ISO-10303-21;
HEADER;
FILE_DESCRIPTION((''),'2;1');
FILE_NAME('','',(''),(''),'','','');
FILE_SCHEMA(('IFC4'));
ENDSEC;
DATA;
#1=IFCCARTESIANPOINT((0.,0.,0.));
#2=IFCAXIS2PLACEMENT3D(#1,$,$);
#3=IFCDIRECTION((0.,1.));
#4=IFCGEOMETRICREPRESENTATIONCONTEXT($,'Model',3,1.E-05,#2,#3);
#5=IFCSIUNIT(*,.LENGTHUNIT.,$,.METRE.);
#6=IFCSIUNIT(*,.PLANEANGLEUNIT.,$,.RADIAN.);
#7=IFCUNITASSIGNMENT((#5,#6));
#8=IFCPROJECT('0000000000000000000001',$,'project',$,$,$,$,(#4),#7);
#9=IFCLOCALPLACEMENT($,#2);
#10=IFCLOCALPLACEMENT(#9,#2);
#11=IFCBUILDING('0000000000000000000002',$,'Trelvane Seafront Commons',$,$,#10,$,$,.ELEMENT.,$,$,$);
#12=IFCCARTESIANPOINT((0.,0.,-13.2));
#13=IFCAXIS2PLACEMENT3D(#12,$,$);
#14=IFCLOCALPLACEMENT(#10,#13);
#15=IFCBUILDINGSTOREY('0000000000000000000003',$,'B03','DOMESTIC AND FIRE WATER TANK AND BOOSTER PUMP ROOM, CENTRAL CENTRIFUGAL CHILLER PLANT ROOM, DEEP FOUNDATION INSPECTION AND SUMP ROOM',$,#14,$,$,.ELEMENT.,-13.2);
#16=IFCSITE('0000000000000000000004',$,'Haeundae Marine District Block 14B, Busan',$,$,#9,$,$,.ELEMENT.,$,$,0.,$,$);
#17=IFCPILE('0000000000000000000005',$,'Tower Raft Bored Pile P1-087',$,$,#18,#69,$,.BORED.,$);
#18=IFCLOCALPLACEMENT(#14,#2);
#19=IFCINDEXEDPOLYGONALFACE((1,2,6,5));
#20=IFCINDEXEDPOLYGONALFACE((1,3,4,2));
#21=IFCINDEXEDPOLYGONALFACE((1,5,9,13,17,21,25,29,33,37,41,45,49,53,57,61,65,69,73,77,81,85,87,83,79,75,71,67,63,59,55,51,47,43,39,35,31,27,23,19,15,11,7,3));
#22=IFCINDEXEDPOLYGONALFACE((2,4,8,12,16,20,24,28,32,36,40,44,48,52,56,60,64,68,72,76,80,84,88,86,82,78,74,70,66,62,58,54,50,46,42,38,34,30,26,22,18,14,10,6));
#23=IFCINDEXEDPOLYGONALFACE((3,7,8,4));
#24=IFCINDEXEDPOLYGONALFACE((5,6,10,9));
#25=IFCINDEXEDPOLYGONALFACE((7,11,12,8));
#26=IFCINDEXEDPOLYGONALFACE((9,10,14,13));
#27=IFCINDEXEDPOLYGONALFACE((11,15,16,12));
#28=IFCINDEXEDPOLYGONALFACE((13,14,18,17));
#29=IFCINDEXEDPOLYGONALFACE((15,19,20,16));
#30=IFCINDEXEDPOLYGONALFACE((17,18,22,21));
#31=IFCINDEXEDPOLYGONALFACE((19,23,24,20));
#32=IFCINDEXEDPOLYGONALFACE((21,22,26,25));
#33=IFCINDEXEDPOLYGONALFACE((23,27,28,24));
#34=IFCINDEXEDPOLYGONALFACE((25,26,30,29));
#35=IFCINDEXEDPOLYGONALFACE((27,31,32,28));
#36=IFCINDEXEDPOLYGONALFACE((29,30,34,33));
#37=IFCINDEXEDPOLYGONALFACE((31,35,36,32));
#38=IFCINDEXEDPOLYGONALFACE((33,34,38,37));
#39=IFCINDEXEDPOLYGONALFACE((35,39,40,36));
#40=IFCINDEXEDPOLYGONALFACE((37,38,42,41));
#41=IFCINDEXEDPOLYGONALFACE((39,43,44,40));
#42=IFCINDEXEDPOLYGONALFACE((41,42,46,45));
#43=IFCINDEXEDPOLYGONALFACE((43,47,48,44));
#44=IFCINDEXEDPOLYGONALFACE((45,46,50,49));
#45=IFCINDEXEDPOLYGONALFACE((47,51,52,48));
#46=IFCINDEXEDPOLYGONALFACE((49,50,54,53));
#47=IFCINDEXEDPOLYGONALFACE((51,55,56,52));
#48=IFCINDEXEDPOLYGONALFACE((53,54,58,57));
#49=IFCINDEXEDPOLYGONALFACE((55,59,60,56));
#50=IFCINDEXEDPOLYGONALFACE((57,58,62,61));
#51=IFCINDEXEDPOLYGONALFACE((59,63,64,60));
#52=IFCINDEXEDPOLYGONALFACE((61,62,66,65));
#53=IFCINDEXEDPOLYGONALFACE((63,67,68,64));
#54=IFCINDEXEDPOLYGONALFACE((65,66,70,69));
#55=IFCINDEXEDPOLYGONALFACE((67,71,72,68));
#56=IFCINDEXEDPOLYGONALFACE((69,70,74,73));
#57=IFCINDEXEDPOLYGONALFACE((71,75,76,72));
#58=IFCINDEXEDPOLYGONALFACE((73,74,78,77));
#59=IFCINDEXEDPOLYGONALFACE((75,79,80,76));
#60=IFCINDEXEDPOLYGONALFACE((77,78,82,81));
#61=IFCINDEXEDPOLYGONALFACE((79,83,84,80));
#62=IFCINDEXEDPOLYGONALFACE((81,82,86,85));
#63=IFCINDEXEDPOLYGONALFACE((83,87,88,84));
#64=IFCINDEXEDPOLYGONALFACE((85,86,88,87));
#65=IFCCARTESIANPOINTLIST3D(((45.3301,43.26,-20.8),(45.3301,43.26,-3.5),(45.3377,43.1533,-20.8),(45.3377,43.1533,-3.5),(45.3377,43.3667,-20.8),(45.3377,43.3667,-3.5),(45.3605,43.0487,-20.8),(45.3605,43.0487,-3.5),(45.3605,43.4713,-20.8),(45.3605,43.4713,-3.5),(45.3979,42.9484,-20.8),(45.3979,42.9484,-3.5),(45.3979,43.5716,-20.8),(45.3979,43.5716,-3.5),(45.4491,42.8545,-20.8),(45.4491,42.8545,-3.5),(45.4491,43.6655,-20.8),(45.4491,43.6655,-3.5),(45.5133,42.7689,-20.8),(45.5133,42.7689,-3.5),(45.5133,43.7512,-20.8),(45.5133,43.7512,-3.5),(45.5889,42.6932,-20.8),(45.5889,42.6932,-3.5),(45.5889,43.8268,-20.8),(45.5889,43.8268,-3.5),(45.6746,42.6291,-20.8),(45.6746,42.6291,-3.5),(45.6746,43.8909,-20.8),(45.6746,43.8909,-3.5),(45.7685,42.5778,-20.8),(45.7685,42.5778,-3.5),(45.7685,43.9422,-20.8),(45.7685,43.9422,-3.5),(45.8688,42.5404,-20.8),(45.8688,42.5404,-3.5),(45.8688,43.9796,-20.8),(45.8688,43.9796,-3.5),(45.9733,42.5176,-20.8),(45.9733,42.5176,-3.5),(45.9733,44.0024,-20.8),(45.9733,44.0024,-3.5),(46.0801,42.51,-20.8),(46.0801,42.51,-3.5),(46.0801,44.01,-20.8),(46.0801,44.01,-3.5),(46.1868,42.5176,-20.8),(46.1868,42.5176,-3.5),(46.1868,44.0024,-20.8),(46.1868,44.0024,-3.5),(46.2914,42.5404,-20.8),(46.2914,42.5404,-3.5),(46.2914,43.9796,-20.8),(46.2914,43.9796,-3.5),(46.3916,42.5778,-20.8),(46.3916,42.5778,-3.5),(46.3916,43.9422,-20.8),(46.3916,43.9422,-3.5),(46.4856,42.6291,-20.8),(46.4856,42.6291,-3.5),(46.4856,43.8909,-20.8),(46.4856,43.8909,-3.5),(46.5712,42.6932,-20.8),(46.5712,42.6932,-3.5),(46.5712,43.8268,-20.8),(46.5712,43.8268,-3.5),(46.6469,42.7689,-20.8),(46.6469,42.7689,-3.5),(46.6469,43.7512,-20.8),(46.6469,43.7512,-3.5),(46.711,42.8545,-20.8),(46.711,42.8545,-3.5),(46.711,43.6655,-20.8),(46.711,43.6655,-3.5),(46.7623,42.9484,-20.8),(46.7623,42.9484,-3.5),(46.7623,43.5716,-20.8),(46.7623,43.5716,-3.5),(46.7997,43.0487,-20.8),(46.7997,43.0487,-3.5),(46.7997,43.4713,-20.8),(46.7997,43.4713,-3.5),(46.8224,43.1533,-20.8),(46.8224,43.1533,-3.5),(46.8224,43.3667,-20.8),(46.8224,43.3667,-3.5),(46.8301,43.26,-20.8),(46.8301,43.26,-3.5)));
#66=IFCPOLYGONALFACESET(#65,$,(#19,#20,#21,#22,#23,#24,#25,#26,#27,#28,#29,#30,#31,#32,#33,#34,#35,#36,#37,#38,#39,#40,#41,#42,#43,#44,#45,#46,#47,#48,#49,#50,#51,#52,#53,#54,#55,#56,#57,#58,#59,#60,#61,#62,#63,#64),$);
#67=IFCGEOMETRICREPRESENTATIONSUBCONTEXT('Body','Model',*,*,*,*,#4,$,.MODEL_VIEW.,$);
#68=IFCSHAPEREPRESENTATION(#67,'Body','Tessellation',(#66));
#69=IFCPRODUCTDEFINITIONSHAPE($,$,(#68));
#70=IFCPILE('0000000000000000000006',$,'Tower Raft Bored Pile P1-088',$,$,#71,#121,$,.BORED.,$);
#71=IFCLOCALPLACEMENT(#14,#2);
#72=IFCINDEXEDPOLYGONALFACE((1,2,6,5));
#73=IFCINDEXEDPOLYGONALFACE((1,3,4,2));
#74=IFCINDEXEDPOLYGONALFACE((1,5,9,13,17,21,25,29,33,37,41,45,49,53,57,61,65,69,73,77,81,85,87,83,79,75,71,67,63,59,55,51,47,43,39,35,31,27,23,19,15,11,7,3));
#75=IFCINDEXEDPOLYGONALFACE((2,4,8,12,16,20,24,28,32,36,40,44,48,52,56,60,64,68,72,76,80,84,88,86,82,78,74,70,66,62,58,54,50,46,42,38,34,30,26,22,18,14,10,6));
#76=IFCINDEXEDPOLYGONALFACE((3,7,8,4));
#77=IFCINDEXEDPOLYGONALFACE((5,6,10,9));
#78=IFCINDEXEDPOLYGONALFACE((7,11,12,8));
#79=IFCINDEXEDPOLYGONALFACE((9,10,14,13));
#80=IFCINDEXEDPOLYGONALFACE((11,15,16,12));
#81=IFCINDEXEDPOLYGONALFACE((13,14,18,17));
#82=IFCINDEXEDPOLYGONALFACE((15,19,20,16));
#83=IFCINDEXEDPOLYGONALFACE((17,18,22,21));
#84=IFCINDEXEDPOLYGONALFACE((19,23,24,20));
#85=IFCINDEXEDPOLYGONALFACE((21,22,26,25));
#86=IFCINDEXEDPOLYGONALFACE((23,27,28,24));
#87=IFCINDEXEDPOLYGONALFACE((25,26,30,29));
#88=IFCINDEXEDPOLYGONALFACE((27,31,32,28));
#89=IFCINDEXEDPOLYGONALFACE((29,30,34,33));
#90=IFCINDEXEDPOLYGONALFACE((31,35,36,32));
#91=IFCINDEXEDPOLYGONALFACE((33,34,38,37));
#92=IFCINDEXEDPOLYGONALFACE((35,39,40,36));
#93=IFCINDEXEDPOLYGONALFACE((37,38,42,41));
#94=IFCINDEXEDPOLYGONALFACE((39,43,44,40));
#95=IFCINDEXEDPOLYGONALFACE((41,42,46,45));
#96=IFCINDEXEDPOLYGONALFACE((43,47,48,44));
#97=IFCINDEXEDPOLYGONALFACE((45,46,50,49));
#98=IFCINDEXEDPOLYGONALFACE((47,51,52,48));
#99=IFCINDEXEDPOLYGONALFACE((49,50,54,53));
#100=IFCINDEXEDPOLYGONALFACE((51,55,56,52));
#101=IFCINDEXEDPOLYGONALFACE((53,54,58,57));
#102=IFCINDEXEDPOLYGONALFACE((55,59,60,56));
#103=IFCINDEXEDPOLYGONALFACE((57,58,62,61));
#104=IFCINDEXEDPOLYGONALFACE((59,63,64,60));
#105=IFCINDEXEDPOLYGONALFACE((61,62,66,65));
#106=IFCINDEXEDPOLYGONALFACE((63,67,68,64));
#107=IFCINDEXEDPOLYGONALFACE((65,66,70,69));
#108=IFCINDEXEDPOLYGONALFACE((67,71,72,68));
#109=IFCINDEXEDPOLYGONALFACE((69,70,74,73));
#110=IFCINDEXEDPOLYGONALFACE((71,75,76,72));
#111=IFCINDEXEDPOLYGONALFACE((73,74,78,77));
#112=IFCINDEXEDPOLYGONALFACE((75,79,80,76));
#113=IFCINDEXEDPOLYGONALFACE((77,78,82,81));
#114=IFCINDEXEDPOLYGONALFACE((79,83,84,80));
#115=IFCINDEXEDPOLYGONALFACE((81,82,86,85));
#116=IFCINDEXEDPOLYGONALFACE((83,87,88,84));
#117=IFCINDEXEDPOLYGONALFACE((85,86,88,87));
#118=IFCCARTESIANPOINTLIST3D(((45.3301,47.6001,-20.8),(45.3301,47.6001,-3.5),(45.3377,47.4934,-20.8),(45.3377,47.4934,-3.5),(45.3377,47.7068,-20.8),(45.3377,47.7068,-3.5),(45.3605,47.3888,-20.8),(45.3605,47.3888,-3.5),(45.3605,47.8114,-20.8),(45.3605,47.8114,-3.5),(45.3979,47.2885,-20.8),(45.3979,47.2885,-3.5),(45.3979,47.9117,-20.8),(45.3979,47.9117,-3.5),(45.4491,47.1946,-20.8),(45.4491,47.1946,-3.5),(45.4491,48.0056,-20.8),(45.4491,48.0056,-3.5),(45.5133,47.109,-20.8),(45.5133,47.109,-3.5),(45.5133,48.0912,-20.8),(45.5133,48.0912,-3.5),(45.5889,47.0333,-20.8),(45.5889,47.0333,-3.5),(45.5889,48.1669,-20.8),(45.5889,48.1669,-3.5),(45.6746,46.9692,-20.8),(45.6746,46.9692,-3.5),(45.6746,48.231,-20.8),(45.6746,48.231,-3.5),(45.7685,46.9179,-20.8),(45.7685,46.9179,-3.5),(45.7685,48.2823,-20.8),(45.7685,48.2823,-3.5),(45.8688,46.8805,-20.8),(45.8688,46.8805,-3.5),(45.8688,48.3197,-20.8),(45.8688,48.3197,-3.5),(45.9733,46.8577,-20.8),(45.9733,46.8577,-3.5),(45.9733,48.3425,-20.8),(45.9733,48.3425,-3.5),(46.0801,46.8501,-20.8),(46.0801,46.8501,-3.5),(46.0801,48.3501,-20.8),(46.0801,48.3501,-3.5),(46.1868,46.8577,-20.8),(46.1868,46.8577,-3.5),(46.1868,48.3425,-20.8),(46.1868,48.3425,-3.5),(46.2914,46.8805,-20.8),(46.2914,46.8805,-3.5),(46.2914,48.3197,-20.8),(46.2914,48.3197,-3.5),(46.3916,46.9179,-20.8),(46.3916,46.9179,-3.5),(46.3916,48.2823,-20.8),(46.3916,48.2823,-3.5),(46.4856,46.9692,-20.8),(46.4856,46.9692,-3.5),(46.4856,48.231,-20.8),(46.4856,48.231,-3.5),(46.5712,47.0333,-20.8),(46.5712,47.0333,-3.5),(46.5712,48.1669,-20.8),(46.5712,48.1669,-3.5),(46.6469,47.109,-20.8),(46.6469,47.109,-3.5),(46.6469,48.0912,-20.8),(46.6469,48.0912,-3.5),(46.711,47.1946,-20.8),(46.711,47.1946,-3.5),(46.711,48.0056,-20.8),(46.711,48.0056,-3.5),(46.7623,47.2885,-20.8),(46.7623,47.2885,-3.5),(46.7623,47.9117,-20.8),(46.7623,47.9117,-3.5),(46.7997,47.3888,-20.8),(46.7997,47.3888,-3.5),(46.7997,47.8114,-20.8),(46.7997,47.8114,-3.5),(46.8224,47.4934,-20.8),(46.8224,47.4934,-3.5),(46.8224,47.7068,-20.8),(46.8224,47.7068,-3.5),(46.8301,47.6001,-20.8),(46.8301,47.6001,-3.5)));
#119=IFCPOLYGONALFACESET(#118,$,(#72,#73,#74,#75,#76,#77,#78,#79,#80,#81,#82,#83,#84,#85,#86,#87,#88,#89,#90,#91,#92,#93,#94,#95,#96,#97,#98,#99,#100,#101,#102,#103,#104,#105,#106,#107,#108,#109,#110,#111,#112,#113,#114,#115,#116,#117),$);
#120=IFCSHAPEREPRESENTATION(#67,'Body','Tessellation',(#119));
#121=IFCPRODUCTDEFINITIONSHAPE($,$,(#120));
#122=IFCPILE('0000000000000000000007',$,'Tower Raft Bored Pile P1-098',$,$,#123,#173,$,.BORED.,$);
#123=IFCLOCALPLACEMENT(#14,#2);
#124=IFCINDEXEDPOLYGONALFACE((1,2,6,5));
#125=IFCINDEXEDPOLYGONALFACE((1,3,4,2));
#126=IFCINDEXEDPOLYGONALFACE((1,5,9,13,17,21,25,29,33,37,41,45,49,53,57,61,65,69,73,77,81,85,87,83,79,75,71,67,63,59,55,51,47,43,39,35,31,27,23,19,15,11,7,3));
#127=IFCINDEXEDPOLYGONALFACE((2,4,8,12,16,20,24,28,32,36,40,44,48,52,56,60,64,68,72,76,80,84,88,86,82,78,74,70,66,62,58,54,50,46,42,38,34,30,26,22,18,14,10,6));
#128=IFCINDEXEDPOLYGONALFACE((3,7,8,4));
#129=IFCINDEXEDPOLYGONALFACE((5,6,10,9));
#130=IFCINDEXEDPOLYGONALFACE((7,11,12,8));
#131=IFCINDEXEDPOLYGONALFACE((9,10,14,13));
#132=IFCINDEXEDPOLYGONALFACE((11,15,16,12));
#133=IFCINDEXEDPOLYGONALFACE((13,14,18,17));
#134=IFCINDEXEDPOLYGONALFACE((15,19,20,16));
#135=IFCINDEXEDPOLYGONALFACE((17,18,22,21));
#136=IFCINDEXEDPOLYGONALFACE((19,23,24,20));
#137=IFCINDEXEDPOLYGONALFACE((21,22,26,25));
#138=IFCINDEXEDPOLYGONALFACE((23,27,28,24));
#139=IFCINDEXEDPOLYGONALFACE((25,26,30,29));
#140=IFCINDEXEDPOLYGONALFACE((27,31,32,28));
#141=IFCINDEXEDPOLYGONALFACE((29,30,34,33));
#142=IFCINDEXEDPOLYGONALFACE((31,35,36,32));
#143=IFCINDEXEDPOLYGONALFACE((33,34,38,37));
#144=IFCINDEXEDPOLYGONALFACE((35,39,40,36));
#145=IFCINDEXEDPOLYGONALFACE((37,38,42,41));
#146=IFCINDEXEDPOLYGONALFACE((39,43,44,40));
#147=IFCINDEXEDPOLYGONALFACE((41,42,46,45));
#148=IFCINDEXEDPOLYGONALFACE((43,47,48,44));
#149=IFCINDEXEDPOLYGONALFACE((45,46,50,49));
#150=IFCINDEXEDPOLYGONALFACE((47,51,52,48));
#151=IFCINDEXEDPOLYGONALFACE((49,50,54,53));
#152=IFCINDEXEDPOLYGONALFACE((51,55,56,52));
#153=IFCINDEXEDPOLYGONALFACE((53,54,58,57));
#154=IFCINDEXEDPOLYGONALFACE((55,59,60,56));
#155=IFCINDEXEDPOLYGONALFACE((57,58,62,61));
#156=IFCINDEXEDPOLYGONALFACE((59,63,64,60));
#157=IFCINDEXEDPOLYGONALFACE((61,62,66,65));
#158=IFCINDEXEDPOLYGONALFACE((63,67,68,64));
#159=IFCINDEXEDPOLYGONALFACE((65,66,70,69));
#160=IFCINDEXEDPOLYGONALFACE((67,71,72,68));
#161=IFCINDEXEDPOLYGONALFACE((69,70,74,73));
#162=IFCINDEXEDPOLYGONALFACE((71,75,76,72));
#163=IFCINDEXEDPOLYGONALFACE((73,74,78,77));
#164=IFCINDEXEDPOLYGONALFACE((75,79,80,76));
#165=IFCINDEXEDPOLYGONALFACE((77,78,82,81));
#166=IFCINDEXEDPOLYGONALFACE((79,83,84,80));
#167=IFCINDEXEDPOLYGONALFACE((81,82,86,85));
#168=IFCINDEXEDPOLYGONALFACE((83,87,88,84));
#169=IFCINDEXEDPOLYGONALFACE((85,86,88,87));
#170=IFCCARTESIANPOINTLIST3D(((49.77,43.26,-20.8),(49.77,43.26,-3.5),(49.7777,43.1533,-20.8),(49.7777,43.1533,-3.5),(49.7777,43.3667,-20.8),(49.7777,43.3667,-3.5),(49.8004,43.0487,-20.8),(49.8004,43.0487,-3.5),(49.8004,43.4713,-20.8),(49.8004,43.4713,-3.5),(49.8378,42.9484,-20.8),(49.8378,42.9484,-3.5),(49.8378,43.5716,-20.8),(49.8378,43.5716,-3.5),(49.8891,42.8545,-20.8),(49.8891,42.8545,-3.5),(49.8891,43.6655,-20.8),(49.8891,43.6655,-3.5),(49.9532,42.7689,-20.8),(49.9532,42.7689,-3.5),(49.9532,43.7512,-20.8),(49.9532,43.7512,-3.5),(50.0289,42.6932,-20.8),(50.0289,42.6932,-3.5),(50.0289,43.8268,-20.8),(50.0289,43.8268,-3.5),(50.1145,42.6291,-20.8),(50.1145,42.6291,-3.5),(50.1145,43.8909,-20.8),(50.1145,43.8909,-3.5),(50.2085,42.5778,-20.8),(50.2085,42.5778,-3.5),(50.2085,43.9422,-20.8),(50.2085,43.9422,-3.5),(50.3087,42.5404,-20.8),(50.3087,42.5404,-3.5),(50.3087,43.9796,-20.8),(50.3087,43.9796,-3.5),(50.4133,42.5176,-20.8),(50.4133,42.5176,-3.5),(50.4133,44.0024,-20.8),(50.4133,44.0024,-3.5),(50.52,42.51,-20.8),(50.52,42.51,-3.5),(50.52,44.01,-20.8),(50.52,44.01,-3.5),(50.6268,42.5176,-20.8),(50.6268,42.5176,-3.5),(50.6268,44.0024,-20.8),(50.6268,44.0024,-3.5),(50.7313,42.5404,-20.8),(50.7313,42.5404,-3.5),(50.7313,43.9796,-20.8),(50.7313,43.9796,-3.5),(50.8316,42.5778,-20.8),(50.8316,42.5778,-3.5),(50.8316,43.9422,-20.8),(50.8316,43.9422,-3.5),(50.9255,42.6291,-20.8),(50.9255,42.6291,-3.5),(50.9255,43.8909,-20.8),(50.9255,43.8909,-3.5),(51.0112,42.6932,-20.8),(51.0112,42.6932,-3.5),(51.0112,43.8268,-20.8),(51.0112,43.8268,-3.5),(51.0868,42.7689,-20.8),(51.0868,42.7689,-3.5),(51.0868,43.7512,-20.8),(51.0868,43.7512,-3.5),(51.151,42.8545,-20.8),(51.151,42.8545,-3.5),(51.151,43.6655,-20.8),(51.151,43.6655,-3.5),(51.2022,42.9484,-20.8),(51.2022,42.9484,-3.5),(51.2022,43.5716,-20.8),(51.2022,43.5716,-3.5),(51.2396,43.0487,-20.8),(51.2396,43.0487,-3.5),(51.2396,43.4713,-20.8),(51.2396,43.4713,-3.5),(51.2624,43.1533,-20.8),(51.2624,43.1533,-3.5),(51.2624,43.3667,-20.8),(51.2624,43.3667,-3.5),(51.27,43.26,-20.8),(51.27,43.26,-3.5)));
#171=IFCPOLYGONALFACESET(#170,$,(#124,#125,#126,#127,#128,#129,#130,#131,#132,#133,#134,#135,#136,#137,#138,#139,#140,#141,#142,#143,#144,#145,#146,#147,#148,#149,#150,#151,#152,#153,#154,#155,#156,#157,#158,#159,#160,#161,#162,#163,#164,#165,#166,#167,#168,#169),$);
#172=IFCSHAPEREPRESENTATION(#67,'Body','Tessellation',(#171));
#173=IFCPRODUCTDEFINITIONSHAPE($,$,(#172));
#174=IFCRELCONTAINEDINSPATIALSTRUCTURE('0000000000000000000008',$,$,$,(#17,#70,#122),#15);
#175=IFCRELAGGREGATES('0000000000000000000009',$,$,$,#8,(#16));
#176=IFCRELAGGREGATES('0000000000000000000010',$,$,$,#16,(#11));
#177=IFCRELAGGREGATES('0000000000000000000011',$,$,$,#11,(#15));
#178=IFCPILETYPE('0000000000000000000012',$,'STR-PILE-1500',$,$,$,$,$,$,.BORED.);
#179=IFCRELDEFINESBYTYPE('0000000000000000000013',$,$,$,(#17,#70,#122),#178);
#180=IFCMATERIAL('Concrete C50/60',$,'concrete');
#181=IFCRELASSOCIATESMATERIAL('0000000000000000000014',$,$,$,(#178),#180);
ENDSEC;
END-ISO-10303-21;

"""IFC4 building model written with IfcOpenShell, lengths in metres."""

from ifc_helpers import new_model, si_unit, direction, frame, origin, origin_2d, place, context, subcontext, project, spatial, circle, extrude, source, transform, mapped, material, material_profile, profile_set, type_object, element, save


model = new_model("IFC4")

# Units and contexts
model_context = context("Model", 3, precision=1e-05, world=origin(), true_north=direction((0.0, 1.0)))
body_context = subcontext(model_context, "Body", "Model", "MODEL_VIEW")
ifc_project = project(units=[si_unit("LENGTHUNIT", "METRE"), si_unit("PLANEANGLEUNIT", "RADIAN")], contexts=[model_context])

# Site, building, storey
site_placement = place(None, origin())
site = spatial("IfcSite", under=ifc_project, at=site_placement, Name="Haeundae Marine District Block 14B, Busan", CompositionType="ELEMENT", RefElevation=0.0)
building_placement = place(site_placement, origin())
building = spatial("IfcBuilding", under=site, at=building_placement, Name="Trelvane Seafront Commons", CompositionType="ELEMENT")
storey_placement = place(building_placement, frame((0.0, 0.0, -13.2)))
storey = spatial("IfcBuildingStorey", under=building, at=storey_placement, Name="B03", Description="DOMESTIC AND FIRE WATER TANK AND BOOSTER PUMP ROOM, CENTRAL CENTRIFUGAL CHILLER PLANT ROOM, DEEP FOUNDATION INSPECTION AND SUMP ROOM", CompositionType="ELEMENT", Elevation=-13.2)

# Piles
ifc_material_1 = material(Name="Concrete C50/60", Category="concrete")
ifc_material_profile_1 = material_profile(ifc_material_1, circle(Radius=0.75, at=origin_2d()), Name="PILE-1500")
ifc_profile_set_1 = profile_set([ifc_material_profile_1], Name="Concrete C50/60")
pile_type = type_object("IfcPileType", Name="STR-PILE-1500", PredefinedType="BORED", material=ifc_profile_set_1)
shared_shape_1 = source(origin(), body_context, "Body", "SweptSolid", [
    extrude(circle(Radius=0.75, at=origin_2d()), origin(), (0.0, 0.0, 1.0), 17.3),
])
for number, where, z_axis, x_axis, name in (
    (1, (46.0801, 43.26, -3.5), (0.0, 0.0, -1.0), (1.0, 0.0, 0.0), "Tower Raft Bored Pile P1-087"),
    (2, (46.0801, 47.6001, -3.5), (0.0, 0.0, -1.0), (1.0, 0.0, 0.0), "Tower Raft Bored Pile P1-088"),
    (3, (50.52, 43.26, -3.5), (0.0, 0.0, -1.0), (1.0, 0.0, 0.0), "Tower Raft Bored Pile P1-098"),
):
    element("IfcPile", number, at=place(storey_placement, frame(where, z_axis=z_axis, x_axis=x_axis)), inside=storey, type_object=pile_type, Name=name, PredefinedType="BORED", context=body_context, shape_type="MappedRepresentation", body=[
        mapped(shared_shape_1, transform((0.0, 0.0, 0.0), x_axis=(1.0, 0.0, 0.0), y_axis=(0.0, 1.0, 0.0), z_axis=(0.0, 0.0, 1.0), scale=1.0)),
    ])

save(model, "model.ifc")
